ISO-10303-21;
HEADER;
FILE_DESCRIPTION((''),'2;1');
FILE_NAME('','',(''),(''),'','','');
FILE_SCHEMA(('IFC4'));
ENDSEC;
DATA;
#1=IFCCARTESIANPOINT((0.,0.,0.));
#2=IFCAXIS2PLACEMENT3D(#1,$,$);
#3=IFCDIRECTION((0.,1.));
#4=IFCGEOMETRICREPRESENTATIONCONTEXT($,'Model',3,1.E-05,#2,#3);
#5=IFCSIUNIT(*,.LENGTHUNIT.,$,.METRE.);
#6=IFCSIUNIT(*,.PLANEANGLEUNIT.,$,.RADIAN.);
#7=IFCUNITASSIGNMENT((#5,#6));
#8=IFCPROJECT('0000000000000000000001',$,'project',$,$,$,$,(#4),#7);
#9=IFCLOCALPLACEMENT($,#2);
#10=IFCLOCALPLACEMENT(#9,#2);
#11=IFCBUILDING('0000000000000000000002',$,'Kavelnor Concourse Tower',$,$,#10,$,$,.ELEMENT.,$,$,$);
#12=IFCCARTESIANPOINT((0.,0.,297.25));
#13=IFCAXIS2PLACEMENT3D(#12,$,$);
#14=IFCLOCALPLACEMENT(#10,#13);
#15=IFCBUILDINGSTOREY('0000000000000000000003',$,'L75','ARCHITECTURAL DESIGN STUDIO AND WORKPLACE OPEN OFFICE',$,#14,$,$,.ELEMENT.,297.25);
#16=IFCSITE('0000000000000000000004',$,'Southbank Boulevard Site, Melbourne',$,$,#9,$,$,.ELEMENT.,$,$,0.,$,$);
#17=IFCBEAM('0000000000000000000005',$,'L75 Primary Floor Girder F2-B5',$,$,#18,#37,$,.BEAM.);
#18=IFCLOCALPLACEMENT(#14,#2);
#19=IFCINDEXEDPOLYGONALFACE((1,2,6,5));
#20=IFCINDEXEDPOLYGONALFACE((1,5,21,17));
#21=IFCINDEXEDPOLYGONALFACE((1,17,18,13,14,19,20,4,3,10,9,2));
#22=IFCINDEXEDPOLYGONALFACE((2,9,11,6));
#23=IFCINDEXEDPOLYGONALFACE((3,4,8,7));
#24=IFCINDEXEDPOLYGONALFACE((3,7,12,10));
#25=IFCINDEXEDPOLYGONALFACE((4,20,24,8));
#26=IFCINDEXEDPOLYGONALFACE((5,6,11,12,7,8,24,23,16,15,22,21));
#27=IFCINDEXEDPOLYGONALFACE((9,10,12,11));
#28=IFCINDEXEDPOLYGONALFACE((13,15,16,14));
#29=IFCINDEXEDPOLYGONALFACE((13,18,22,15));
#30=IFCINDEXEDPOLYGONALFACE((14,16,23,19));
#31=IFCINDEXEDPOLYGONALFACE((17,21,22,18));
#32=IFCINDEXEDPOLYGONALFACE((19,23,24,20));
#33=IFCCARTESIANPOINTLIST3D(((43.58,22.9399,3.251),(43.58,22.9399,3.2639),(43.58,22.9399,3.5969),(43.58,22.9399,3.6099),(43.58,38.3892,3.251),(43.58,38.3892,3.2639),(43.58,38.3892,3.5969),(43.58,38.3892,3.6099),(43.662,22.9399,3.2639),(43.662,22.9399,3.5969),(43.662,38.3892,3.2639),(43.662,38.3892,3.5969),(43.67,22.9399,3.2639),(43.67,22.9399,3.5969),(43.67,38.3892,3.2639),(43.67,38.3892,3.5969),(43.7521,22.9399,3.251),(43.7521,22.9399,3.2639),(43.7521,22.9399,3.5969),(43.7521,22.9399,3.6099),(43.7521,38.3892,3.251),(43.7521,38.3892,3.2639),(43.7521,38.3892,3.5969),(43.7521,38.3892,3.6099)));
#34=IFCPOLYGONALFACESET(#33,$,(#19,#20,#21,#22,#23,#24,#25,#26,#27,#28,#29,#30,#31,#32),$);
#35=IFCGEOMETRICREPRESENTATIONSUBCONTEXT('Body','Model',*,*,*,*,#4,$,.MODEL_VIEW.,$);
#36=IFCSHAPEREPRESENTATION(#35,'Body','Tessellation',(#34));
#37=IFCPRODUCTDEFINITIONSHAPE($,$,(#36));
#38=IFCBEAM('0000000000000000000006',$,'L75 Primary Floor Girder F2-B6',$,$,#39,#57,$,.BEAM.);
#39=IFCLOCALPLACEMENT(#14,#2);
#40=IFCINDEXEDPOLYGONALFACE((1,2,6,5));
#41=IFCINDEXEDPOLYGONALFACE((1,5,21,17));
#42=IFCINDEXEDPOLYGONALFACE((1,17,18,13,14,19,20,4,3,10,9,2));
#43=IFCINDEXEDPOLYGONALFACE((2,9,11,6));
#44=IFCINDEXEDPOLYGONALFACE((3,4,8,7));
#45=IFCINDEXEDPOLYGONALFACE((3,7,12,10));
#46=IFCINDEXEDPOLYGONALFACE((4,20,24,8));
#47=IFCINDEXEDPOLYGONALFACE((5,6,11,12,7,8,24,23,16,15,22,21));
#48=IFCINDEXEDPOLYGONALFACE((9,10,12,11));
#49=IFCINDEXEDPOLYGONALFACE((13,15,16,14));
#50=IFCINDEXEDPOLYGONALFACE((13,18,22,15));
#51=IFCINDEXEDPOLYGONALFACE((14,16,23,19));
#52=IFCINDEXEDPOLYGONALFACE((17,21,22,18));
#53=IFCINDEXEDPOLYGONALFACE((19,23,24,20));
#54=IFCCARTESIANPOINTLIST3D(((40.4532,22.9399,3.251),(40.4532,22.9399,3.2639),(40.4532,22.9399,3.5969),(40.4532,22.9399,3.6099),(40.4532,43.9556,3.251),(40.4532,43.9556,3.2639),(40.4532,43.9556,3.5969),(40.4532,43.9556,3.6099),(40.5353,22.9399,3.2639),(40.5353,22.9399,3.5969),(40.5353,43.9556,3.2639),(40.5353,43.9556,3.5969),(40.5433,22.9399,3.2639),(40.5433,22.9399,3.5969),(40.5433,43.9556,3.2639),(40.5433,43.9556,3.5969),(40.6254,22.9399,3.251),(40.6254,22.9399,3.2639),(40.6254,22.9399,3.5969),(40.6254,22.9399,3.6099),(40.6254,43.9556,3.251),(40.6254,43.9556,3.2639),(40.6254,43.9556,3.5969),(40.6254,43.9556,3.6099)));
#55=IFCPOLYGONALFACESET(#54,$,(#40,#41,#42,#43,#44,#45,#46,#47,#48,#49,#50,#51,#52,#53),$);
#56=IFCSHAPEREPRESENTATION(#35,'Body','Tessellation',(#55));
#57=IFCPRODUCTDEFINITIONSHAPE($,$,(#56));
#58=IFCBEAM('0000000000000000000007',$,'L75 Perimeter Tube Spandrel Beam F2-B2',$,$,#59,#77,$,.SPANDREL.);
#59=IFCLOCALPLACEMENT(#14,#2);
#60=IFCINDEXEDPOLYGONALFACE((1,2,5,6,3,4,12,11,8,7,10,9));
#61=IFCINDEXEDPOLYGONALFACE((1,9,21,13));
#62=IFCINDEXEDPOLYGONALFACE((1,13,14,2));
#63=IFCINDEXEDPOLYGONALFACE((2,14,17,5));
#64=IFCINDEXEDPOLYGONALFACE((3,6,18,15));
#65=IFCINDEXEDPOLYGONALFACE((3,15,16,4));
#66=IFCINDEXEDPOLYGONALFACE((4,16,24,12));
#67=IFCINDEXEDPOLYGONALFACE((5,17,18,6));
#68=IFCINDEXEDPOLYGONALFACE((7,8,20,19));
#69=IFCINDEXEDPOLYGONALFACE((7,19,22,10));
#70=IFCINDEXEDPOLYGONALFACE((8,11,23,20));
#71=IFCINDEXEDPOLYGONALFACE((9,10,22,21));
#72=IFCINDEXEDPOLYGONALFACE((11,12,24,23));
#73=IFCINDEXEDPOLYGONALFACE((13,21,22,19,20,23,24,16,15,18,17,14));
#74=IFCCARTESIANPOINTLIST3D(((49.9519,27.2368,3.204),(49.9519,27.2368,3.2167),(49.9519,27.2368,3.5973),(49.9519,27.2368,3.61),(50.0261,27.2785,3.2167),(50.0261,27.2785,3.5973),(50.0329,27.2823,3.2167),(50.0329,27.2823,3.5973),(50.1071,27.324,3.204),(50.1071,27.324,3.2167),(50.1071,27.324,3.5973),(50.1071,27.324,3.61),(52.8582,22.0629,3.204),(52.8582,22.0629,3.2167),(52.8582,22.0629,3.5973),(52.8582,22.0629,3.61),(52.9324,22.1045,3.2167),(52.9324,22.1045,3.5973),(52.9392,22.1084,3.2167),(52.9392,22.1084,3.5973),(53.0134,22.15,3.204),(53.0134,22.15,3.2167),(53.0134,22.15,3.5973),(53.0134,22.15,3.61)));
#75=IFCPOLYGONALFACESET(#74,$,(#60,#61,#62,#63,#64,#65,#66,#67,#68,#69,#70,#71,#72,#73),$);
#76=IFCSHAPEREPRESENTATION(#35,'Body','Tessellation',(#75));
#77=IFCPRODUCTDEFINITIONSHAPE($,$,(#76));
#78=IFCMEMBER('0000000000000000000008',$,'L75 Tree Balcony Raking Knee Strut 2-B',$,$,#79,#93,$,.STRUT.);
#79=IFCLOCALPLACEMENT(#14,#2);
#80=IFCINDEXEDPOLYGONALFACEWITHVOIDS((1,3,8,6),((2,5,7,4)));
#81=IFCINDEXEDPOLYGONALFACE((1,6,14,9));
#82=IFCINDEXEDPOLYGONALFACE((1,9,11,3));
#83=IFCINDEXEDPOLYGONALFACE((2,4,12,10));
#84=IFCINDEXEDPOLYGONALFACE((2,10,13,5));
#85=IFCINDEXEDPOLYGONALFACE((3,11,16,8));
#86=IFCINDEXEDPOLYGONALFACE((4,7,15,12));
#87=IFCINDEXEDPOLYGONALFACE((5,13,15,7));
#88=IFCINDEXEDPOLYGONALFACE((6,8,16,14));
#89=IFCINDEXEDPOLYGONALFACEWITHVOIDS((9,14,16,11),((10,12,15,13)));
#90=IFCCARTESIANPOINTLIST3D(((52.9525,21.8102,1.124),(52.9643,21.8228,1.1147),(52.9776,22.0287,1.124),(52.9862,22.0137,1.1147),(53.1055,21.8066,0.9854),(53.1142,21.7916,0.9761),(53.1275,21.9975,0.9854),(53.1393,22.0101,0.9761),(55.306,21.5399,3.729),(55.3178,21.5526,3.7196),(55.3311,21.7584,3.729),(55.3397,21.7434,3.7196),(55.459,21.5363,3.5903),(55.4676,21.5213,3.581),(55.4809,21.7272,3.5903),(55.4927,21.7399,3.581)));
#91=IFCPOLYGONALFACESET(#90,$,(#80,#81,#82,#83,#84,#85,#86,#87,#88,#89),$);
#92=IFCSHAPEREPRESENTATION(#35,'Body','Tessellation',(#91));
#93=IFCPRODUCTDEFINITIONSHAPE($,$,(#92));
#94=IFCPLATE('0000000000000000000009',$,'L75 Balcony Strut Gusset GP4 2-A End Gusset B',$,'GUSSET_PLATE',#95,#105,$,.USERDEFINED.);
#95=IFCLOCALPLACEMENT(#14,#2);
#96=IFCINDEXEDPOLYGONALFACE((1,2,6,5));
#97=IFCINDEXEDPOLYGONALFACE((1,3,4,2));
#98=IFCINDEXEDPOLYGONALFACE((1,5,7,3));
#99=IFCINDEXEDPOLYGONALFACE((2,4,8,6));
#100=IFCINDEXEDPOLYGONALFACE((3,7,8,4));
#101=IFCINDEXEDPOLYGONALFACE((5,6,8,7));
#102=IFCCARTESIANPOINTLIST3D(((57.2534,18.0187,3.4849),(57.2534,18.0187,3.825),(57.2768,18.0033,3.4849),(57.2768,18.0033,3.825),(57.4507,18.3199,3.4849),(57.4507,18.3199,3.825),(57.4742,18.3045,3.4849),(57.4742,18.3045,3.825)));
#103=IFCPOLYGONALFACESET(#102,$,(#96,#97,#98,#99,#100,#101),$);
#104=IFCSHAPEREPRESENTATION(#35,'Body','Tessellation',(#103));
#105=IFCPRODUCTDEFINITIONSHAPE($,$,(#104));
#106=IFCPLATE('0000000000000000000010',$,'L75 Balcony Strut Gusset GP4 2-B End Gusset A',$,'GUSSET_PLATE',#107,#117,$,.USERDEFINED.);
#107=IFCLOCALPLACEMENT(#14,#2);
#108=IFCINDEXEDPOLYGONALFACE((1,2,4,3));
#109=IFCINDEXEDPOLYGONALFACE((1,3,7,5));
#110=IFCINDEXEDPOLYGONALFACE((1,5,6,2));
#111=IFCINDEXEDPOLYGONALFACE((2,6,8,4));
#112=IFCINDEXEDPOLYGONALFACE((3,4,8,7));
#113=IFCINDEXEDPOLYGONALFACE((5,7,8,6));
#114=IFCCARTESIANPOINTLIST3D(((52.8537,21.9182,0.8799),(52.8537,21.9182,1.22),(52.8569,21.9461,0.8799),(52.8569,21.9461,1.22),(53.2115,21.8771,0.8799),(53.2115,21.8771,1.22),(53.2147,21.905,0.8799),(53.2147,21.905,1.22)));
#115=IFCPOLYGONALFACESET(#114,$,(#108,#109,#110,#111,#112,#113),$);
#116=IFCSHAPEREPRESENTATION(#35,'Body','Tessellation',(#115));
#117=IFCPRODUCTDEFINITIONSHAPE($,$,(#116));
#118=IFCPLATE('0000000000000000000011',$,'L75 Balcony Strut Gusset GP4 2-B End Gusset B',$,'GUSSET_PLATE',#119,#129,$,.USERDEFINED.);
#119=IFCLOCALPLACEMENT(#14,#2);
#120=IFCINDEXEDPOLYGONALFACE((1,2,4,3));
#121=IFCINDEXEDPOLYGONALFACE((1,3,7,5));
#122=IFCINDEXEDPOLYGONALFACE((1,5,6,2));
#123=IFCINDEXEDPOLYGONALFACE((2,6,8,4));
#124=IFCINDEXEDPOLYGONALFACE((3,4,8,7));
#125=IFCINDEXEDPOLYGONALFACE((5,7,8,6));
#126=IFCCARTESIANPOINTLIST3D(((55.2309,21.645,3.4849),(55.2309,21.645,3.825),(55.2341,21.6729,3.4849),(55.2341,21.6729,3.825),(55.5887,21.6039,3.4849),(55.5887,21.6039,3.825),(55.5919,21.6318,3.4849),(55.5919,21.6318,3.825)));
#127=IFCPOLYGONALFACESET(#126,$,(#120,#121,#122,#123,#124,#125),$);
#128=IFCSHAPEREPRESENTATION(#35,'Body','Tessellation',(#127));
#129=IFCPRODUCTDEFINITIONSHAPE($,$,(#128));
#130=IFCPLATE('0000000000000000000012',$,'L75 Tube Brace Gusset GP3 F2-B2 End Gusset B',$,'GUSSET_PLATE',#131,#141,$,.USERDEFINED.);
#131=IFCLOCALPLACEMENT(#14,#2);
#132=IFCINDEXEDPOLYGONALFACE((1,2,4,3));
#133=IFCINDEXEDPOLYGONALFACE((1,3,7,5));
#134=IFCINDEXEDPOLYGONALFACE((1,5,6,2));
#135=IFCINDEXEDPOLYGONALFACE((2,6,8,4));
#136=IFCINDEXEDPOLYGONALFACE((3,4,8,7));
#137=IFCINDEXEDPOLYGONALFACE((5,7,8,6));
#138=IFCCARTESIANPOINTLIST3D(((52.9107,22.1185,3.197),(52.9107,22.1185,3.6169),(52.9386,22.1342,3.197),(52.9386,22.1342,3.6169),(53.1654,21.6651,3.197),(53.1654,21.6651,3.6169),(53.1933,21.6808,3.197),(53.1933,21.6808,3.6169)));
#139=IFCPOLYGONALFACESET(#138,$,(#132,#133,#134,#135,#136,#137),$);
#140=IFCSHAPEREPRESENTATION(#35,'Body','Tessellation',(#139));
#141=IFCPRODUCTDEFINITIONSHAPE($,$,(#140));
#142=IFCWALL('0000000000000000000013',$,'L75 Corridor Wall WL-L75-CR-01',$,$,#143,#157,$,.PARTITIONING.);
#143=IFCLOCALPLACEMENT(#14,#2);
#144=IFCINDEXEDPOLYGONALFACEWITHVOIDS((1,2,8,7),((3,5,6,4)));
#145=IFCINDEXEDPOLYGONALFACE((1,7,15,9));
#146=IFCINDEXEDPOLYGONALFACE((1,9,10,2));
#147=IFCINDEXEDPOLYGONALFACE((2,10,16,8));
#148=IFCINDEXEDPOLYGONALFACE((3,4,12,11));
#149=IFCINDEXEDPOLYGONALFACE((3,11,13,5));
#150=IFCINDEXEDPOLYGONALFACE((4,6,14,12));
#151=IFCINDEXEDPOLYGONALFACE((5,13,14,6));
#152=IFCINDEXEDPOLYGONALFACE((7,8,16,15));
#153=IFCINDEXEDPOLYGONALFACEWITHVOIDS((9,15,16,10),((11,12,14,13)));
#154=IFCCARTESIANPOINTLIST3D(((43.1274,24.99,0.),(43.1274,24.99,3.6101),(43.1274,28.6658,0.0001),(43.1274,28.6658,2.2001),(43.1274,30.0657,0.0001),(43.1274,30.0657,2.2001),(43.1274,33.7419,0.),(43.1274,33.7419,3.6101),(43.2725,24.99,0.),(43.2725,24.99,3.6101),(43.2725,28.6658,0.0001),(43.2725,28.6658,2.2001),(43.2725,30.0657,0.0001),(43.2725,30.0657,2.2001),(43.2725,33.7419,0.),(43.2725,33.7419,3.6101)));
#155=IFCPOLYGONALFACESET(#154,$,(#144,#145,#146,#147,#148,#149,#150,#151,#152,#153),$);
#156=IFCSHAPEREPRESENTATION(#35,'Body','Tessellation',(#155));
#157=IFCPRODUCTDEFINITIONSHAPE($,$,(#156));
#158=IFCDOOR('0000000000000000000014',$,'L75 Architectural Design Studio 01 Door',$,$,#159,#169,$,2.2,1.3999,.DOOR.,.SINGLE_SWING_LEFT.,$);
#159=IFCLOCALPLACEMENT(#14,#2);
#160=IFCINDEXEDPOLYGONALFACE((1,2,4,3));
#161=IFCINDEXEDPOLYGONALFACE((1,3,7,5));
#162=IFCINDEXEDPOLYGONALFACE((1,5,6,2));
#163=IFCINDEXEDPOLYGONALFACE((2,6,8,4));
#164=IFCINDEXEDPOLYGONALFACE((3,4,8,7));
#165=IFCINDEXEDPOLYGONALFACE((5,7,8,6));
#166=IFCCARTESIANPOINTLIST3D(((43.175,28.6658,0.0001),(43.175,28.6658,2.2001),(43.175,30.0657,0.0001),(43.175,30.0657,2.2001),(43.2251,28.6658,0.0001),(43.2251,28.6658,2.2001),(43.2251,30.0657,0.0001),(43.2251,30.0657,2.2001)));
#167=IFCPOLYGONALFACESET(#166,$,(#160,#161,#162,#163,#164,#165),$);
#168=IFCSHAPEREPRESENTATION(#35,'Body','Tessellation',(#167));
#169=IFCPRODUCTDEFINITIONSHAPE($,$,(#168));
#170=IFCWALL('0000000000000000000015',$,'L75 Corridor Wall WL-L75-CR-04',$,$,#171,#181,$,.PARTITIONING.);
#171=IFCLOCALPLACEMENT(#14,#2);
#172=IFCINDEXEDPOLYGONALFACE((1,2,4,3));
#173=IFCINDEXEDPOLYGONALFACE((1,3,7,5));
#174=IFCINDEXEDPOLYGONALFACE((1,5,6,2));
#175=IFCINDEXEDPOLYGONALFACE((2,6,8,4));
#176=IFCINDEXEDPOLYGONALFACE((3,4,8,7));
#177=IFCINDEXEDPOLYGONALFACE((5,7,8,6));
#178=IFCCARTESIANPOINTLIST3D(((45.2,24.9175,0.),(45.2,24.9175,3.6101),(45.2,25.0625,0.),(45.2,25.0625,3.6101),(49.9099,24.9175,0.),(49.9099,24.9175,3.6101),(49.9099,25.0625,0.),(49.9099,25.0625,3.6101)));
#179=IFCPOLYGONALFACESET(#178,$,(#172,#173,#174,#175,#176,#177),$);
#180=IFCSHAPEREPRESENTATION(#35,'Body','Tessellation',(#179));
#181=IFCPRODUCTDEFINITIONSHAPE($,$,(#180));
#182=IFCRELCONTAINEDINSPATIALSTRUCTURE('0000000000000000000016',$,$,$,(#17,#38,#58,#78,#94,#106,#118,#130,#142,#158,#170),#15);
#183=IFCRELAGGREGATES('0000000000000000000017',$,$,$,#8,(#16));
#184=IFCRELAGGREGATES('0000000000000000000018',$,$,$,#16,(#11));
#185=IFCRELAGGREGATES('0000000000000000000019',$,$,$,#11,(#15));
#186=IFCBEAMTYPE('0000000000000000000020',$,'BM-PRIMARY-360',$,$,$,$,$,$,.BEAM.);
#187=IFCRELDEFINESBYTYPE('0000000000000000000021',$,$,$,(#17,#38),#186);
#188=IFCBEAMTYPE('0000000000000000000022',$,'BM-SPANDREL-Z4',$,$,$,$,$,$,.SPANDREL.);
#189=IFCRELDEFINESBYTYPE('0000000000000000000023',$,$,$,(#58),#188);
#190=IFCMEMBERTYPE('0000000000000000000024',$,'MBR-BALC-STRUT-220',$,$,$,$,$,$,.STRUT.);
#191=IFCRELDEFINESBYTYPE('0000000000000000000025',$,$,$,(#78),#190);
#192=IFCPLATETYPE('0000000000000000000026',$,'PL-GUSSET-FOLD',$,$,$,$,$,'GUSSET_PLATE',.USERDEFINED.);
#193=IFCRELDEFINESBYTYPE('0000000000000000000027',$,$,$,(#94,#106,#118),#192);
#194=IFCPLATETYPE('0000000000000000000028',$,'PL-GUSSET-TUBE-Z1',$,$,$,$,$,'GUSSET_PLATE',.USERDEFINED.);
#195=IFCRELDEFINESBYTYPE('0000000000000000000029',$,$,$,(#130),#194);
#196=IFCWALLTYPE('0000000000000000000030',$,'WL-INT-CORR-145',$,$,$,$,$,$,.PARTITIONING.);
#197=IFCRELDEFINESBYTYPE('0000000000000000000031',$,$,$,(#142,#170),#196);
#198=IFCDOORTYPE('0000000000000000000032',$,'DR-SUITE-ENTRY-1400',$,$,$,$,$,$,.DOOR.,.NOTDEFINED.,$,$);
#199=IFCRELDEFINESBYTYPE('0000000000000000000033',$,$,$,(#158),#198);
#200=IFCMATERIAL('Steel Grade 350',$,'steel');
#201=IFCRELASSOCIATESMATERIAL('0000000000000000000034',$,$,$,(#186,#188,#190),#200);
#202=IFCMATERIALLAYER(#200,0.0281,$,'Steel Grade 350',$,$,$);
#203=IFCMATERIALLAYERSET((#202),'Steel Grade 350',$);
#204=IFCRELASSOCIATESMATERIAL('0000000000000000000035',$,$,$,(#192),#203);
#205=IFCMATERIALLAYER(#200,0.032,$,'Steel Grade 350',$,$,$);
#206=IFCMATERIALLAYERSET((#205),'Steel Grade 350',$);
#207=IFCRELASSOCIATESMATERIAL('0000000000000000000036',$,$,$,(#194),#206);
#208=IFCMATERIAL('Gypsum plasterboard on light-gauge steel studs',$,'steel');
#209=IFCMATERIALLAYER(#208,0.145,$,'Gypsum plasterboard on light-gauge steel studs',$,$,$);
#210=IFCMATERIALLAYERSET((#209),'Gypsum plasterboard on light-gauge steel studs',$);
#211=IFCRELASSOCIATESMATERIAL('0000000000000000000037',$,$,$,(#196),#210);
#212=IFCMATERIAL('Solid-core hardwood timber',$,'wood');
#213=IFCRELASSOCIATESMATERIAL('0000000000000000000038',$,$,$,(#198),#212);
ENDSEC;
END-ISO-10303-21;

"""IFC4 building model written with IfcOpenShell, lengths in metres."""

from ifc_helpers import new_model, si_unit, direction, frame, frame_2d, origin, origin_2d, place, context, subcontext, project, spatial, rectangle, hollow_rectangle, i_section, extrude, material, layer, layer_set, material_profile, profile_set, type_object, element, fill, save


model = new_model("IFC4")

# Units and contexts
model_context = context("Model", 3, precision=1e-05, world=origin(), true_north=direction((0.0, 1.0)))
body_context = subcontext(model_context, "Body", "Model", "MODEL_VIEW")
ifc_project = project(units=[si_unit("LENGTHUNIT", "METRE"), si_unit("PLANEANGLEUNIT", "RADIAN")], contexts=[model_context])

# Site, building, storey
site_placement = place(None, origin())
site = spatial("IfcSite", under=ifc_project, at=site_placement, Name="Southbank Boulevard Site, Melbourne", CompositionType="ELEMENT", RefElevation=0.0)
building_placement = place(site_placement, origin())
building = spatial("IfcBuilding", under=site, at=building_placement, Name="Kavelnor Concourse Tower", CompositionType="ELEMENT")
storey_placement = place(building_placement, frame((0.0, 0.0, 297.25)))
storey = spatial("IfcBuildingStorey", under=building, at=storey_placement, Name="L75", Description="ARCHITECTURAL DESIGN STUDIO AND WORKPLACE OPEN OFFICE", CompositionType="ELEMENT", Elevation=297.25)

# Shared definitions
ifc_material_1 = material(Name="Steel Grade 350", Category="steel")

# Beams
ifc_material_profile_1 = material_profile(ifc_material_1, i_section(OverallWidth=0.1721, OverallDepth=0.3589, WebThickness=0.0081, FlangeThickness=0.0129, at=origin_2d()), Name="360UB56")
ifc_profile_set_1 = profile_set([ifc_material_profile_1], Name="Steel Grade 350")
beam_type_1 = type_object("IfcBeamType", Name="BM-PRIMARY-360", PredefinedType="BEAM", material=ifc_profile_set_1)
beam_1_placement = place(storey_placement, frame((43.666, 22.9399, 3.4304), z_axis=(0.0, 1.0, 0.0), x_axis=(-1.0, 0.0, 0.0)))
element("IfcBeam", 1, at=beam_1_placement, inside=storey, type_object=beam_type_1, Name="L75 Primary Floor Girder F2-B5", PredefinedType="BEAM", context=body_context, shape_type="SweptSolid", body=[
    extrude(i_section(OverallWidth=0.1721, OverallDepth=0.3589, WebThickness=0.0081, FlangeThickness=0.0129, at=origin_2d()), origin(), (0.0, 0.0, 1.0), 15.4492),
])
beam_2_placement = place(storey_placement, frame((40.5393, 22.9399, 3.4304), z_axis=(0.0, 1.0, 0.0), x_axis=(-1.0, 0.0, 0.0)))
element("IfcBeam", 2, at=beam_2_placement, inside=storey, type_object=beam_type_1, Name="L75 Primary Floor Girder F2-B6", PredefinedType="BEAM", context=body_context, shape_type="SweptSolid", body=[
    extrude(i_section(OverallWidth=0.1721, OverallDepth=0.3589, WebThickness=0.0081, FlangeThickness=0.0129, at=origin_2d()), origin(), (0.0, 0.0, 1.0), 21.0156),
])
ifc_material_profile_2 = material_profile(ifc_material_1, i_section(OverallWidth=0.178, OverallDepth=0.406, WebThickness=0.0078, FlangeThickness=0.0127, at=origin_2d()), Name="410UB59")
ifc_profile_set_2 = profile_set([ifc_material_profile_2], Name="Steel Grade 350")
beam_type_2 = type_object("IfcBeamType", Name="BM-SPANDREL-Z4", PredefinedType="SPANDREL", material=ifc_profile_set_2)
beam_3_placement = place(storey_placement, frame((52.9358, 22.1064, 3.407), z_axis=(-0.489745, 0.871865, 0.0), x_axis=(-0.871865, -0.489745, 0.0)))
element("IfcBeam", 3, at=beam_3_placement, inside=storey, type_object=beam_type_2, Name="L75 Perimeter Tube Spandrel Beam F2-B2", PredefinedType="SPANDREL", context=body_context, shape_type="SweptSolid", body=[
    extrude(i_section(OverallWidth=0.178, OverallDepth=0.406, WebThickness=0.0078, FlangeThickness=0.0127, at=origin_2d()), origin(), (0.0, 0.0, 1.0), 5.9343),
])

# Member
ifc_material_profile_3 = material_profile(ifc_material_1, hollow_rectangle(XDim=0.22, YDim=0.22, WallThickness=0.0139, at=origin_2d()), Name="SHS 220x220x14")
ifc_profile_set_3 = profile_set([ifc_material_profile_3], Name="Steel Grade 350")
member_type = type_object("IfcMemberType", Name="MBR-BALC-STRUT-220", PredefinedType="STRUT", material=ifc_profile_set_3)
member_placement = place(storey_placement, frame((53.0459, 21.9102, 1.05), z_axis=(0.668407, -0.076756, 0.739824), x_axis=(0.114084, 0.993471, 0.0)))
element("IfcMember", 4, at=member_placement, inside=storey, type_object=member_type, Name="L75 Tree Balcony Raking Knee Strut 2-B", PredefinedType="STRUT", context=body_context, shape_type="SweptSolid", body=[
    extrude(hollow_rectangle(XDim=0.22, YDim=0.22, WallThickness=0.0139, at=origin_2d()), origin(), (0.0, 0.0, 1.0), 3.521),
])

# Plates
ifc_layer_1 = layer(ifc_material_1, 0.0281, Name="Steel Grade 350")
ifc_layer_set_1 = layer_set([ifc_layer_1], Name="Steel Grade 350")
plate_type_1 = type_object("IfcPlateType", Name="PL-GUSSET-FOLD", ElementType="GUSSET_PLATE", PredefinedType="USERDEFINED", material=ifc_layer_set_1)
for number, where, z_axis, x_axis, name in (
    (5, (57.3638, 18.1616, 3.4849), (0.0, 0.0, 1.0), (0.548001, 0.836477, 0.0), "L75 Balcony Strut Gusset GP4 2-A End Gusset B"),
    (6, (53.0342, 21.9116, 0.8799), (0.0, 0.0, 1.0), (0.993473, -0.11407, 0.0), "L75 Balcony Strut Gusset GP4 2-B End Gusset A"),
    (7, (55.4114, 21.6384, 3.4849), (0.0, 0.0, 1.0), (0.993473, -0.11407, 0.0), "L75 Balcony Strut Gusset GP4 2-B End Gusset B"),
):
    element("IfcPlate", number, at=place(storey_placement, frame(where, z_axis=z_axis, x_axis=x_axis)), inside=storey, type_object=plate_type_1, Name=name, ObjectType="GUSSET_PLATE", PredefinedType="USERDEFINED", context=body_context, shape_type="SweptSolid", body=[
        extrude(rectangle(XDim=0.3601, YDim=0.0281, at=origin_2d()), origin(), (0.0, 0.0, 1.0), 0.3401),
    ])
ifc_layer_2 = layer(ifc_material_1, 0.032, Name="Steel Grade 350")
ifc_layer_set_2 = layer_set([ifc_layer_2], Name="Steel Grade 350")
plate_type_2 = type_object("IfcPlateType", Name="PL-GUSSET-TUBE-Z1", ElementType="GUSSET_PLATE", PredefinedType="USERDEFINED", material=ifc_layer_set_2)
plate_placement = place(storey_placement, frame((53.052, 21.8997, 3.197), z_axis=(0.0, 0.0, 1.0), x_axis=(0.489687, -0.871898, 0.0)))
element("IfcPlate", 8, at=plate_placement, inside=storey, type_object=plate_type_2, Name="L75 Tube Brace Gusset GP3 F2-B2 End Gusset B", ObjectType="GUSSET_PLATE", PredefinedType="USERDEFINED", context=body_context, shape_type="SweptSolid", body=[
    extrude(rectangle(XDim=0.52, YDim=0.032, at=origin_2d()), origin(), (0.0, 0.0, 1.0), 0.4199),
])

# Wall, opening, door
ifc_material_2 = material(Name="Gypsum plasterboard on light-gauge steel studs", Category="steel")
ifc_layer_3 = layer(ifc_material_2, 0.145, Name="Gypsum plasterboard on light-gauge steel studs")
ifc_layer_set_3 = layer_set([ifc_layer_3], Name="Gypsum plasterboard on light-gauge steel studs")
wall_type_1 = type_object("IfcWallType", Name="WL-INT-CORR-145", PredefinedType="PARTITIONING", material=ifc_layer_set_3)
wall_1_placement = place(storey_placement, frame((43.2, 24.99, 0.0), z_axis=(0.0, 0.0, 1.0), x_axis=(0.0, 1.0, 0.0)))
wall_1 = element("IfcWall", 9, at=wall_1_placement, inside=storey, type_object=wall_type_1, Name="L75 Corridor Wall WL-L75-CR-01", PredefinedType="PARTITIONING", context=body_context, shape_type="SweptSolid", body=[
    extrude(rectangle(XDim=8.752, YDim=0.145, at=frame_2d((4.376, 0.0))), origin(), (0.0, 0.0, 1.0), 3.6101),
])
opening_placement = place(wall_1_placement, frame((3.6758, 0.0, 0.0)))
opening = element("IfcOpeningElement", 10, at=opening_placement, cuts=wall_1, PredefinedType="OPENING", context=body_context, shape_type="SweptSolid", body=[
    extrude(rectangle(XDim=1.3999, YDim=2.2, at=frame_2d((0.7, 1.1001))), frame((0.0, 0.0825, 0.0), z_axis=(0.0, -1.0, 0.0), x_axis=(1.0, 0.0, 0.0)), (0.0, 0.0, 1.0), 0.165),
])
ifc_material_3 = material(Name="Solid-core hardwood timber", Category="wood")
door_type = type_object("IfcDoorType", Name="DR-SUITE-ENTRY-1400", OperationType="NOTDEFINED", PredefinedType="DOOR", material=ifc_material_3)
door_placement = place(opening_placement, origin())
door = element("IfcDoor", 11, at=door_placement, inside=storey, type_object=door_type, Name="L75 Architectural Design Studio 01 Door", OperationType="SINGLE_SWING_LEFT", OverallHeight=2.2, OverallWidth=1.3999, PredefinedType="DOOR", context=body_context, shape_type="SweptSolid", body=[
    extrude(rectangle(XDim=1.3999, YDim=2.2, at=frame_2d((0.7, 1.1001))), frame((0.0, 0.0249, 0.0), z_axis=(0.0, -1.0, 0.0), x_axis=(1.0, 0.0, 0.0)), (0.0, 0.0, 1.0), 0.05),
])
fill(opening, door)

# Wall
wall_2_placement = place(storey_placement, frame((45.2, 24.99, 0.0), z_axis=(0.0, 0.0, 1.0), x_axis=(1.0, 0.0, 0.0)))
element("IfcWall", 12, at=wall_2_placement, inside=storey, type_object=wall_type_1, Name="L75 Corridor Wall WL-L75-CR-04", PredefinedType="PARTITIONING", context=body_context, shape_type="SweptSolid", body=[
    extrude(rectangle(XDim=4.71, YDim=0.145, at=frame_2d((2.355, 0.0))), origin(), (0.0, 0.0, 1.0), 3.6101),
])

save(model, "model.ifc")
